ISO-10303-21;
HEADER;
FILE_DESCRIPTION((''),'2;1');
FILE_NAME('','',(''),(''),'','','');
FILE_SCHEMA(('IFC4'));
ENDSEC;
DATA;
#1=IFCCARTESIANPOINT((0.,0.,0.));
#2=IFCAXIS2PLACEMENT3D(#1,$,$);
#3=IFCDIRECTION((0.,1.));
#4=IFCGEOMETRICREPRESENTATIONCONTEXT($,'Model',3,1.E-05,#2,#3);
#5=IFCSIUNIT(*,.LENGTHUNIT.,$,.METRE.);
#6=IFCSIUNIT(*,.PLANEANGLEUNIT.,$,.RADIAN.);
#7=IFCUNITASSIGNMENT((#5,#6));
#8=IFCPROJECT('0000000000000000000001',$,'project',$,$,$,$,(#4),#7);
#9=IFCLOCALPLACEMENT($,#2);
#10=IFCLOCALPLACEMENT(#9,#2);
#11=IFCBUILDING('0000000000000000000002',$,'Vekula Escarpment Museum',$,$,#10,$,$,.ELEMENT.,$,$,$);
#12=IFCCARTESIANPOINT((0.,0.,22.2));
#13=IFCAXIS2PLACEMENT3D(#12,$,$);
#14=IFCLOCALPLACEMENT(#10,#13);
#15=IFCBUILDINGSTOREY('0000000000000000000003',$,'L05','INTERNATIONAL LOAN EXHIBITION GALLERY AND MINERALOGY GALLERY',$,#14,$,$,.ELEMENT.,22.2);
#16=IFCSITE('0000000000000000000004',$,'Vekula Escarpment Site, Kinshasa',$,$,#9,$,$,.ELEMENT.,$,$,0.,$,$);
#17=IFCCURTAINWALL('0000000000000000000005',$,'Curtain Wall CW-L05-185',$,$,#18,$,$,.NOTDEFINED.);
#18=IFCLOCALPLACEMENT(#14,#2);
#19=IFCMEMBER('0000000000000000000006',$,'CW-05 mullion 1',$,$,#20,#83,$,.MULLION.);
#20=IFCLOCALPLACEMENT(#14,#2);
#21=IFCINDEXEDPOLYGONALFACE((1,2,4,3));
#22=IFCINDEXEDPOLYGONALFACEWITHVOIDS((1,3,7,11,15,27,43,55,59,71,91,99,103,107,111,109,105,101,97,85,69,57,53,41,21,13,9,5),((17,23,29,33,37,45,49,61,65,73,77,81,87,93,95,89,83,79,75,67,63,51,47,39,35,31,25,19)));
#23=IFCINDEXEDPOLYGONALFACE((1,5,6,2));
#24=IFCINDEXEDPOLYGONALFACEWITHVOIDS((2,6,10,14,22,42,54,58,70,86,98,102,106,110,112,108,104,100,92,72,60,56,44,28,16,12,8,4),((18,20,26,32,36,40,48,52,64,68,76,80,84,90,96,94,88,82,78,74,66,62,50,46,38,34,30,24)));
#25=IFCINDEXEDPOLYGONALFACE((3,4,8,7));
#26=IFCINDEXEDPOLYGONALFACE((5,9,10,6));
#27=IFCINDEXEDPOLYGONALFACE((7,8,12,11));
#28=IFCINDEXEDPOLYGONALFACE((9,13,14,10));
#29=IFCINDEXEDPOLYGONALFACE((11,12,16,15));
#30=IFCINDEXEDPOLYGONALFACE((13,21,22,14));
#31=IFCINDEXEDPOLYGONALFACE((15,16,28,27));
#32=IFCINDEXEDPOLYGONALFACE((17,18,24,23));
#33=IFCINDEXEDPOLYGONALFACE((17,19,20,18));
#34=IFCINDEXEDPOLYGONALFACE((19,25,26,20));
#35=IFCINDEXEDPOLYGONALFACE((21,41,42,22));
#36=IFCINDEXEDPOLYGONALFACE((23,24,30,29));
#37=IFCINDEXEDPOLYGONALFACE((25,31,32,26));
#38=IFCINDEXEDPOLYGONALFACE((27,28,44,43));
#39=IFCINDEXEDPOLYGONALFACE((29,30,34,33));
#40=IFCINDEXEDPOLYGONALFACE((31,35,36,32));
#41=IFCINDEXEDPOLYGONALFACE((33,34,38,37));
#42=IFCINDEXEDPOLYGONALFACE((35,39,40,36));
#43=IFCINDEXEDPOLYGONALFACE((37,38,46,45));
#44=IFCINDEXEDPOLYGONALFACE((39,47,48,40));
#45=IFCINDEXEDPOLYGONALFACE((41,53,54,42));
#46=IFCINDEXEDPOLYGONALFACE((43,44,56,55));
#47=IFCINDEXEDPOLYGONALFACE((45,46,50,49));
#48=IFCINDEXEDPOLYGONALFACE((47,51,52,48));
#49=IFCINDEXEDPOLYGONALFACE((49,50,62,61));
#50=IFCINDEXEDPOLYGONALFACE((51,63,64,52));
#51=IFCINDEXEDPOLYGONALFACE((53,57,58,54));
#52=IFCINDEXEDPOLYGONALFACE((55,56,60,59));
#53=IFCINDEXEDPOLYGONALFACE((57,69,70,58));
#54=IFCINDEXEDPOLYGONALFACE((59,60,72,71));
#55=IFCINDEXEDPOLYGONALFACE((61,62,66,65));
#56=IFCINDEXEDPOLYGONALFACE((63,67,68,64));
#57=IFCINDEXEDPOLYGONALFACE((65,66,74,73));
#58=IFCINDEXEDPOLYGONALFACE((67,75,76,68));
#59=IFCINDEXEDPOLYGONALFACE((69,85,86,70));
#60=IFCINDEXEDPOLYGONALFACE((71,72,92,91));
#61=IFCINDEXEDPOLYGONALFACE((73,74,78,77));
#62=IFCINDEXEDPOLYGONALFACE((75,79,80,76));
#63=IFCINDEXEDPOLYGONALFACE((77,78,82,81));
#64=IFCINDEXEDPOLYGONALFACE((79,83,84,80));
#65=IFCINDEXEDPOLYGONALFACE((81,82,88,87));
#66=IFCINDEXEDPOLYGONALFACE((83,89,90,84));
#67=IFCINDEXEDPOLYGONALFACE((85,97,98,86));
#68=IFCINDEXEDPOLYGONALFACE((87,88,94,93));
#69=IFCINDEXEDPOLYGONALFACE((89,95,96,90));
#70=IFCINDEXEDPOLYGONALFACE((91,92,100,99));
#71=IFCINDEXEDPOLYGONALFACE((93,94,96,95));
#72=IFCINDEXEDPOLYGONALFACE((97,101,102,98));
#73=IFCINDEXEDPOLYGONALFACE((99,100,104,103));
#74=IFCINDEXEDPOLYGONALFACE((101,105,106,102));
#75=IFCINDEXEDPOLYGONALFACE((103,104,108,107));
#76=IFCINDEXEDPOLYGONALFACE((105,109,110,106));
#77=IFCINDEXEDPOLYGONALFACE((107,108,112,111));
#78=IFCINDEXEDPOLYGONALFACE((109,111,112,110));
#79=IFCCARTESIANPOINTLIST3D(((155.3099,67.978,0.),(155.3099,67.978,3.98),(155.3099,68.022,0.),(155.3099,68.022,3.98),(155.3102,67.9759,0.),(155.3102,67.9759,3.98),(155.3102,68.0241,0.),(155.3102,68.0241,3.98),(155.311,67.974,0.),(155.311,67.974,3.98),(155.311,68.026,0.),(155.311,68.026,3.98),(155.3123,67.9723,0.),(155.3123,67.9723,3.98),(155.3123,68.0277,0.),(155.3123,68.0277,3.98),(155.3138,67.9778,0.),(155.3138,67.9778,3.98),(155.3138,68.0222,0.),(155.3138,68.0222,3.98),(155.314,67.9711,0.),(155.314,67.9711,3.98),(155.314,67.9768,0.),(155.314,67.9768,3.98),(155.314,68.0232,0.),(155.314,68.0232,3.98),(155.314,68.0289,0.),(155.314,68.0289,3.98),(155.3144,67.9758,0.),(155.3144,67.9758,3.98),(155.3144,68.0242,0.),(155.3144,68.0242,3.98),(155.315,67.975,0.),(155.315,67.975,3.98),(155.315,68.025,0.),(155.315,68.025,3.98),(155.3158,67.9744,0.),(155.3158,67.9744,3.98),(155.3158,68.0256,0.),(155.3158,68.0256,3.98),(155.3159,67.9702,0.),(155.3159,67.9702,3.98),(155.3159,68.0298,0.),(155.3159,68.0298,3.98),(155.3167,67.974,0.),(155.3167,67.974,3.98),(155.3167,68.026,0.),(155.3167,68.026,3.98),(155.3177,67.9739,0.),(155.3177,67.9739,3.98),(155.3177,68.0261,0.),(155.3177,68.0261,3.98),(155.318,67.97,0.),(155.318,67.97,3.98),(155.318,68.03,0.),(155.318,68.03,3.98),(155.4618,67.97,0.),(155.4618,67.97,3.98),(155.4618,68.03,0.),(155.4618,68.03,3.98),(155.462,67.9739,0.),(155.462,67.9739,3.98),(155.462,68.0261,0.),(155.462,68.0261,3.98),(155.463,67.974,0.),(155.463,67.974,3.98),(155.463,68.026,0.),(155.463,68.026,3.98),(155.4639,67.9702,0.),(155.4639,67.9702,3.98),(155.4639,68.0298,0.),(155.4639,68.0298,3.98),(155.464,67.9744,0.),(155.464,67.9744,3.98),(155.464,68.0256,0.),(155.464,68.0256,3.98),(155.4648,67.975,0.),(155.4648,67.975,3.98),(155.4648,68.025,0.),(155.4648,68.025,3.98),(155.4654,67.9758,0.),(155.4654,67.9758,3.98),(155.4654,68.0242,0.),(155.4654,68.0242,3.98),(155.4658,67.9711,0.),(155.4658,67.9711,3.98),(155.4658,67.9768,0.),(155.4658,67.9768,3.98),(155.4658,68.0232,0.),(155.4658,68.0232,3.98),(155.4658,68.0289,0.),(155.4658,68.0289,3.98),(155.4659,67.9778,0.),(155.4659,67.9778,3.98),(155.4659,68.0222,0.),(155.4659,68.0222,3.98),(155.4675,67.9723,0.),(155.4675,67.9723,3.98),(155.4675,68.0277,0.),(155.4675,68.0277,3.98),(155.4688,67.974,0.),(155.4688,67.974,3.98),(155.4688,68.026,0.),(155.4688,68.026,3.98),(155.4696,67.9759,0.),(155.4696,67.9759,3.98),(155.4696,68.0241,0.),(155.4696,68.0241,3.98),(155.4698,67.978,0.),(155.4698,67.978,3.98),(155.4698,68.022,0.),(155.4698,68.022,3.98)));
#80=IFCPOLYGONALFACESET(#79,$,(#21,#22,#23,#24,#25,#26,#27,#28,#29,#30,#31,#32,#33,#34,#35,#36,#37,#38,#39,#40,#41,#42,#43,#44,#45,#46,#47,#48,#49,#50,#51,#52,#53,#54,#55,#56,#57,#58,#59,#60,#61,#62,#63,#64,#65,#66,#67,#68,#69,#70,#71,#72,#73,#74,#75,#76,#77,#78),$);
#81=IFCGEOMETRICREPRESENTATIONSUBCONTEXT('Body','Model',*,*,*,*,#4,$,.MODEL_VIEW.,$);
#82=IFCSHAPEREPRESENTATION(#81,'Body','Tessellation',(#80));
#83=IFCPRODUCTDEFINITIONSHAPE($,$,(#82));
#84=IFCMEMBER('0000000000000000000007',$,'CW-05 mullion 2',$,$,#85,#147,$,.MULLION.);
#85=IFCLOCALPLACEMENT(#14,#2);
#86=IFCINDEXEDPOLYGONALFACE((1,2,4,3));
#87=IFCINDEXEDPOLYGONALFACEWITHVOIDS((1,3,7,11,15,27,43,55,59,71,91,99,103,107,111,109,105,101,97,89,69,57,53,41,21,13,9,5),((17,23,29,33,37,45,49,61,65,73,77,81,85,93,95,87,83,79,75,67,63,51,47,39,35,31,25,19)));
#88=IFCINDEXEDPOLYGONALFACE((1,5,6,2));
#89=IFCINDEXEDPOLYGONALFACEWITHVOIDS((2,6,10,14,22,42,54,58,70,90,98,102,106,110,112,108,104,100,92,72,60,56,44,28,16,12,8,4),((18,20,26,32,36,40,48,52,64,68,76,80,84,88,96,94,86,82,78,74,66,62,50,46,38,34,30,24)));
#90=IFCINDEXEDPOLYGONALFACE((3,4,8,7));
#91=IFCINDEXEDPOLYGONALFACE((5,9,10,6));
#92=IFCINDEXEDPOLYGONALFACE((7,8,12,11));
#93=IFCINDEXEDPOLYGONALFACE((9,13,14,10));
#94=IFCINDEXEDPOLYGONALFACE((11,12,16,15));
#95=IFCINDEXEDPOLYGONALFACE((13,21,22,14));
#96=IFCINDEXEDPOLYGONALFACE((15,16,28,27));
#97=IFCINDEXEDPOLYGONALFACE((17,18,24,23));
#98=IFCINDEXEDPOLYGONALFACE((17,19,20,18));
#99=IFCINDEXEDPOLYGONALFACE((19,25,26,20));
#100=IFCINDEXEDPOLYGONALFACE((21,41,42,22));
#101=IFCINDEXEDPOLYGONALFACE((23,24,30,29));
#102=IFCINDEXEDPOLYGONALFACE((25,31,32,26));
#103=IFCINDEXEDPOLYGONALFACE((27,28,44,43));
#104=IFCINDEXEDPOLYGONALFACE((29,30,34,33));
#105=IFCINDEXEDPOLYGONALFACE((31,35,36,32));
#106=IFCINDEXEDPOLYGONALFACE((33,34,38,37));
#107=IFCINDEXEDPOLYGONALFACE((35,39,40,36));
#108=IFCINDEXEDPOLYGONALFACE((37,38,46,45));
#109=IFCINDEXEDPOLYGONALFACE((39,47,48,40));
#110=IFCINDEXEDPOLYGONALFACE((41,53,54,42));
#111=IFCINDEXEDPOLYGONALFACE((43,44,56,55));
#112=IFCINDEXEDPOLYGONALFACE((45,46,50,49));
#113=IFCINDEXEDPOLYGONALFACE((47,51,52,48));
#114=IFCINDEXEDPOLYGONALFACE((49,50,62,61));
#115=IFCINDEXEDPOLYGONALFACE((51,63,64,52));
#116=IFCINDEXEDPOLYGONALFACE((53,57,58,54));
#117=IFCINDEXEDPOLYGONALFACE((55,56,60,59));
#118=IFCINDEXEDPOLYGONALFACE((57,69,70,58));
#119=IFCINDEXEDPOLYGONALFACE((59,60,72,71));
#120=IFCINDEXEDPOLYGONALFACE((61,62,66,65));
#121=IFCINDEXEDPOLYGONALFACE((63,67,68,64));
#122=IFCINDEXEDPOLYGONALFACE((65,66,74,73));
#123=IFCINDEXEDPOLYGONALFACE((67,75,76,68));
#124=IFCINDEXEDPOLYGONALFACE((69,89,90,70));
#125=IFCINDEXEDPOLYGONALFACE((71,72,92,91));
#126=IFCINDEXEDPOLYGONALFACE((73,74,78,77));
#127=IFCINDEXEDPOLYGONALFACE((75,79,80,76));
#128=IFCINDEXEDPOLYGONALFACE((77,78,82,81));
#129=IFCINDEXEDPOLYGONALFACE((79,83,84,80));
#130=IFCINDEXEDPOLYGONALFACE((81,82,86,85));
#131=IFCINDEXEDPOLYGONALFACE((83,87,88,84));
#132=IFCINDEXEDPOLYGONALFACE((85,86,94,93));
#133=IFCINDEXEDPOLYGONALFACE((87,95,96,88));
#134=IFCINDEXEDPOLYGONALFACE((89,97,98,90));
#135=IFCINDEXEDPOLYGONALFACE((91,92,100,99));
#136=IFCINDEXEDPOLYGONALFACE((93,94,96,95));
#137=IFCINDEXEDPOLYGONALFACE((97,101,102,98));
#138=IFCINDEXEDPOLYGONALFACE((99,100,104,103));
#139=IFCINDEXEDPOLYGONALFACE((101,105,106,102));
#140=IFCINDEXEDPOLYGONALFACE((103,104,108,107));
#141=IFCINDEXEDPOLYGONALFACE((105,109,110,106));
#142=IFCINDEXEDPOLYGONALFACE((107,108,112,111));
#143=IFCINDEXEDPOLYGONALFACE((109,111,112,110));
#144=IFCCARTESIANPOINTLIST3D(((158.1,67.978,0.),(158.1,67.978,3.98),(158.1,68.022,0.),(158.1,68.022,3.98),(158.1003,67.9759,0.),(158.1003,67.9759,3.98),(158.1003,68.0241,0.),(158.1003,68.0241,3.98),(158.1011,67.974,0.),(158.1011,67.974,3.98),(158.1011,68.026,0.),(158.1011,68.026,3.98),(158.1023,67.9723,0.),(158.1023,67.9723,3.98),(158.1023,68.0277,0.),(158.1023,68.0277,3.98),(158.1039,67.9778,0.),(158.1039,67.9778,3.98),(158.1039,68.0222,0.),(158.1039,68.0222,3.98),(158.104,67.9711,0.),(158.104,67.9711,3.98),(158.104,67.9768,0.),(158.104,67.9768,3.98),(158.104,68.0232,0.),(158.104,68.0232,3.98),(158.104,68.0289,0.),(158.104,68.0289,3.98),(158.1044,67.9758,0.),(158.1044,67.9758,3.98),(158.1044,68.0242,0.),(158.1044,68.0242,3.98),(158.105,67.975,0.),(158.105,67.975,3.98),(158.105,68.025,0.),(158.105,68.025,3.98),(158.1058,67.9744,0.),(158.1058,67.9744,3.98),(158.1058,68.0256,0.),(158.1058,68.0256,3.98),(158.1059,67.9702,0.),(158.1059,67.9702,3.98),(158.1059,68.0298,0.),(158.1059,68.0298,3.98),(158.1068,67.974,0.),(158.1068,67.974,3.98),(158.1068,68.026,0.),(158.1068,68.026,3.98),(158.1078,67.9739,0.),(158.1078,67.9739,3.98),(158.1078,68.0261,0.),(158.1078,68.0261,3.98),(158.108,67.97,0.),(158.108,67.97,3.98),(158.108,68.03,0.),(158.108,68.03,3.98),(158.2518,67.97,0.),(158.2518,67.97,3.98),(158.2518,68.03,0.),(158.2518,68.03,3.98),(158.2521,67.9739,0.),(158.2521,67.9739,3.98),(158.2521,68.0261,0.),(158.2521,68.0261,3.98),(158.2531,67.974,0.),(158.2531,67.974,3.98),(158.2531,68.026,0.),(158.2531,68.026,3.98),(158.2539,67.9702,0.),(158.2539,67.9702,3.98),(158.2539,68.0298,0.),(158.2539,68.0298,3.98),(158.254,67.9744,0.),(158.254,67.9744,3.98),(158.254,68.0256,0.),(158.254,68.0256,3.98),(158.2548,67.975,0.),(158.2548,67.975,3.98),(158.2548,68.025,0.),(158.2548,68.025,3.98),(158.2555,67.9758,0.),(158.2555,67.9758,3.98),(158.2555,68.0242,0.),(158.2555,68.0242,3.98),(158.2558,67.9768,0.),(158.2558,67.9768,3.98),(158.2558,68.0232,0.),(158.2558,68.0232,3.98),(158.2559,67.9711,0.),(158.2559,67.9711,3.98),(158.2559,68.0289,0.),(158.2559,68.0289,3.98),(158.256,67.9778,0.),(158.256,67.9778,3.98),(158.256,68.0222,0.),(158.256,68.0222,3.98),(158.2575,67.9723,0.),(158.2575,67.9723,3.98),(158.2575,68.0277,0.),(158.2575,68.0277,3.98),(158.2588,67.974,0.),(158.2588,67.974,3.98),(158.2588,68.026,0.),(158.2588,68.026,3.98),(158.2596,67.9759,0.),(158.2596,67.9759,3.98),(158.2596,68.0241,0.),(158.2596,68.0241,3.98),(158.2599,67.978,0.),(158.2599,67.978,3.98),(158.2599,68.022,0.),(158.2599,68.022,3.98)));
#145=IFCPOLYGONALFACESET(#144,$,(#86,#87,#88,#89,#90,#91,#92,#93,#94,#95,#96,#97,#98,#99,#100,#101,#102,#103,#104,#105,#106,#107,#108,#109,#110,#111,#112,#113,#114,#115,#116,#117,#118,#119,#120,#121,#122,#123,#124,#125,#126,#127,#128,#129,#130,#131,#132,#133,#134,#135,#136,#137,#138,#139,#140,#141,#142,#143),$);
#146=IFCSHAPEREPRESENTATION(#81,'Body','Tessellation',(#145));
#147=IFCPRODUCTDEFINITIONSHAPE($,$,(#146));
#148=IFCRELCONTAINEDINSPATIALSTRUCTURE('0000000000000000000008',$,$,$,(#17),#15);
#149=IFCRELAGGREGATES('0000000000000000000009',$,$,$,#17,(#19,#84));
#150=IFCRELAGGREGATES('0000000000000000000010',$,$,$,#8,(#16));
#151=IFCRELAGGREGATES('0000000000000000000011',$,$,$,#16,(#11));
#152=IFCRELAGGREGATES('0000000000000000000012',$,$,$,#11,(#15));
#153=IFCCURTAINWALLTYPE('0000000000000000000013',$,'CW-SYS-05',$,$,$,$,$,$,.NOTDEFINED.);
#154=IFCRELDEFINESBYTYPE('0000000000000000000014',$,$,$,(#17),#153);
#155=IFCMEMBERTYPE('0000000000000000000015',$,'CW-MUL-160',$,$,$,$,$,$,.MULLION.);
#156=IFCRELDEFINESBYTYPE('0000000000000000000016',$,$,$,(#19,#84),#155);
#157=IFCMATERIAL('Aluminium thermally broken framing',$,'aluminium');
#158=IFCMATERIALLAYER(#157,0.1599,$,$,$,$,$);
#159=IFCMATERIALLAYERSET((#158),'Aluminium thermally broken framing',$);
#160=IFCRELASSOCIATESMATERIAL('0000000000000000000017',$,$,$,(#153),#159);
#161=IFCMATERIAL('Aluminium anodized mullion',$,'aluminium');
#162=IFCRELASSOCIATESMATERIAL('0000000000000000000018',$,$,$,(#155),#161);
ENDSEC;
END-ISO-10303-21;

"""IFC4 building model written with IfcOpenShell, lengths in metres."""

from ifc_helpers import new_model, si_unit, direction, frame, origin, origin_2d, place, context, subcontext, project, spatial, hollow_rectangle, extrude, material, layer, layer_set, material_profile, profile_set, type_object, element, aggregate, save


model = new_model("IFC4")

# Units and contexts
model_context = context("Model", 3, precision=1e-05, world=origin(), true_north=direction((0.0, 1.0)))
body_context = subcontext(model_context, "Body", "Model", "MODEL_VIEW")
ifc_project = project(units=[si_unit("LENGTHUNIT", "METRE"), si_unit("PLANEANGLEUNIT", "RADIAN")], contexts=[model_context])

# Site, building, storey
site_placement = place(None, origin())
site = spatial("IfcSite", under=ifc_project, at=site_placement, Name="Vekula Escarpment Site, Kinshasa", CompositionType="ELEMENT", RefElevation=0.0)
building_placement = place(site_placement, origin())
building = spatial("IfcBuilding", under=site, at=building_placement, Name="Vekula Escarpment Museum", CompositionType="ELEMENT")
storey_placement = place(building_placement, frame((0.0, 0.0, 22.2)))
storey = spatial("IfcBuildingStorey", under=building, at=storey_placement, Name="L05", Description="INTERNATIONAL LOAN EXHIBITION GALLERY AND MINERALOGY GALLERY", CompositionType="ELEMENT", Elevation=22.2)

# Curtain wall, members
ifc_material_1 = material(Name="Aluminium thermally broken framing", Category="aluminium")
ifc_layer_1 = layer(ifc_material_1, 0.1599)
ifc_layer_set_1 = layer_set([ifc_layer_1], Name="Aluminium thermally broken framing")
curtain_wall_type = type_object("IfcCurtainWallType", Name="CW-SYS-05", PredefinedType="NOTDEFINED", material=ifc_layer_set_1)
curtain_wall_placement = place(storey_placement, origin())
curtain_wall = element("IfcCurtainWall", 1, at=curtain_wall_placement, inside=storey, type_object=curtain_wall_type, Name="Curtain Wall CW-L05-185", PredefinedType="NOTDEFINED")
ifc_material_2 = material(Name="Aluminium anodized mullion", Category="aluminium")
ifc_material_profile_1 = material_profile(ifc_material_2, hollow_rectangle(XDim=0.0601, YDim=0.1599, WallThickness=0.0039, InnerFilletRadius=0.0039, OuterFilletRadius=0.0081, at=origin_2d()), Name="ALU 160x60x4")
ifc_profile_set_1 = profile_set([ifc_material_profile_1], Name="Aluminium anodized mullion")
member_type_1 = type_object("IfcMemberType", Name="CW-MUL-160", PredefinedType="MULLION", material=ifc_profile_set_1)
member_1_placement = place(storey_placement, frame((155.3899, 68.0, 0.0), z_axis=(0.0, 0.0, 1.0), x_axis=(0.0, 1.0, 0.0)))
member_1 = element("IfcMember", 2, at=member_1_placement, type_object=member_type_1, Name="CW-05 mullion 1", PredefinedType="MULLION", context=body_context, shape_type="SweptSolid", body=[
    extrude(hollow_rectangle(XDim=0.0601, YDim=0.1599, WallThickness=0.0039, InnerFilletRadius=0.0039, OuterFilletRadius=0.0081, at=origin_2d()), origin(), (0.0, 0.0, 1.0), 3.98),
])
member_2_placement = place(storey_placement, frame((158.1799, 68.0, 0.0), z_axis=(0.0, 0.0, 1.0), x_axis=(0.0, 1.0, 0.0)))
member_2 = element("IfcMember", 3, at=member_2_placement, type_object=member_type_1, Name="CW-05 mullion 2", PredefinedType="MULLION", context=body_context, shape_type="SweptSolid", body=[
    extrude(hollow_rectangle(XDim=0.0601, YDim=0.1599, WallThickness=0.0039, InnerFilletRadius=0.0039, OuterFilletRadius=0.0081, at=origin_2d()), origin(), (0.0, 0.0, 1.0), 3.98),
])
aggregate(curtain_wall, [member_1, member_2])

save(model, "model.ifc")
